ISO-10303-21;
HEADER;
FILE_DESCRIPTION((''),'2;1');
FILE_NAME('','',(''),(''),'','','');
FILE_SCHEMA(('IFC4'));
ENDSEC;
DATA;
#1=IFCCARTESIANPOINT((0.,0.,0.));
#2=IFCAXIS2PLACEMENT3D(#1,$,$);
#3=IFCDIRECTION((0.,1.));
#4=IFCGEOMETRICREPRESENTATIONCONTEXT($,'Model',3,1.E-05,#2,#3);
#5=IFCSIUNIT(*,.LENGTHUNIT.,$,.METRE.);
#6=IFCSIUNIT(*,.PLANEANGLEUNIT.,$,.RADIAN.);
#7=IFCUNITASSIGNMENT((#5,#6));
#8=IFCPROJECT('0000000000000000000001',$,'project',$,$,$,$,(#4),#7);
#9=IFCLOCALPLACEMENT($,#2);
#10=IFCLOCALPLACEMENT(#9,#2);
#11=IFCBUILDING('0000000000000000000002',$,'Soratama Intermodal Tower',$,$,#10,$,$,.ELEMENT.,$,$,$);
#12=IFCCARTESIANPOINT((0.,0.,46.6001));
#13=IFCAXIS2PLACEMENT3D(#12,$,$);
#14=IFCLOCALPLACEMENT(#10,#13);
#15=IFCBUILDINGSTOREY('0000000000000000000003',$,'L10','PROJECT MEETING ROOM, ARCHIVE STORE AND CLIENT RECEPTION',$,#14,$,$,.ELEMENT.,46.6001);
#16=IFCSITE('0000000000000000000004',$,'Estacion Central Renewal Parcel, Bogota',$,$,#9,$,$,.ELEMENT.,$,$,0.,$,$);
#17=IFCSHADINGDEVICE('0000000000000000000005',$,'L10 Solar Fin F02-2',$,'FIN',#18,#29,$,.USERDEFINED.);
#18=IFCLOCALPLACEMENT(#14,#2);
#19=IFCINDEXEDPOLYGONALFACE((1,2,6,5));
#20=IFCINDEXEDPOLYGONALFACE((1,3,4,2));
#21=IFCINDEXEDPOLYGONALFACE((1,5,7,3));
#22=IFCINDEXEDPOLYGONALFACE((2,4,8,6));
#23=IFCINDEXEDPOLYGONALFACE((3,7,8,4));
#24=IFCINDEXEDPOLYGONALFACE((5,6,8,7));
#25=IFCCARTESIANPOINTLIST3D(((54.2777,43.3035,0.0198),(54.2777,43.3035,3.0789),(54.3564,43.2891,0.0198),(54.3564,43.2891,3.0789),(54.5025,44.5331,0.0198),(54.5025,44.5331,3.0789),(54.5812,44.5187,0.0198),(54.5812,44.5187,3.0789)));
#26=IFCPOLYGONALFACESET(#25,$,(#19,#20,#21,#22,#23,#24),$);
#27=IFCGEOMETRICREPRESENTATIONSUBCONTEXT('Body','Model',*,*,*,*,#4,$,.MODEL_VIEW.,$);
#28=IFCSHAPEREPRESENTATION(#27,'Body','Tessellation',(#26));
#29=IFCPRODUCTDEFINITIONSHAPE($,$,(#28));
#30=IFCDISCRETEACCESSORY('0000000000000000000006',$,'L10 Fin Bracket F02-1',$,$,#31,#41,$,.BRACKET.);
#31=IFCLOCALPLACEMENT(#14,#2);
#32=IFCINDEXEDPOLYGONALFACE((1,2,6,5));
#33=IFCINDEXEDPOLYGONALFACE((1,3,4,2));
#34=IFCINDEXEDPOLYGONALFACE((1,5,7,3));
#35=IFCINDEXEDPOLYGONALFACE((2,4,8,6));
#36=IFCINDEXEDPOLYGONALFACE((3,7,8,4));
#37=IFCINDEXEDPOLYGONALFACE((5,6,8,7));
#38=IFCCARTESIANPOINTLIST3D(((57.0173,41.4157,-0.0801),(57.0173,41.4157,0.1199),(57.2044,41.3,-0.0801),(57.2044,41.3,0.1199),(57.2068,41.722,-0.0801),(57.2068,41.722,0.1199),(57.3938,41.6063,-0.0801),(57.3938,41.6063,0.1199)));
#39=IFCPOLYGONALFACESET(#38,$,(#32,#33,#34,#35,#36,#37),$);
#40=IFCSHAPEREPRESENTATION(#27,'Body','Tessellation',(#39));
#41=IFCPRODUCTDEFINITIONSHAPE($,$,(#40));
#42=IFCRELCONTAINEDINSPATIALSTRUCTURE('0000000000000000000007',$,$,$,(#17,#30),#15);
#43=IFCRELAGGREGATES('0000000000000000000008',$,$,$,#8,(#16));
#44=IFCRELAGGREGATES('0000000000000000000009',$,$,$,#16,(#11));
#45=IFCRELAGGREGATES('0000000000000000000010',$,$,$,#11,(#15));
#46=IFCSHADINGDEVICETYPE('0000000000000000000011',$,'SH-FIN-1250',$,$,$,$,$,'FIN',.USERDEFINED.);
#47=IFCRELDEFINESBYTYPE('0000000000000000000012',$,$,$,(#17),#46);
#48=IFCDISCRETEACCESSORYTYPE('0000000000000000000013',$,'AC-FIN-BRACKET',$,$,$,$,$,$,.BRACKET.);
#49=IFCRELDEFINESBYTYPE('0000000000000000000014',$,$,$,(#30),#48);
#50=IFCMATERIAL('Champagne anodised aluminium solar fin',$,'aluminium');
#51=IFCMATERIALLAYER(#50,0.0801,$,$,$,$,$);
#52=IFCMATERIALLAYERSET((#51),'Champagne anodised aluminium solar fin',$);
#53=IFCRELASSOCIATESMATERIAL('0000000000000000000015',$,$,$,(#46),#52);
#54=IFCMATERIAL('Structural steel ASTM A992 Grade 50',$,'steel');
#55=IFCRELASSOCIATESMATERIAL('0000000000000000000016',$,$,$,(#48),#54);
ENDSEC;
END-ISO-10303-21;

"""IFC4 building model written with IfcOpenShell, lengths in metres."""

from ifc_helpers import new_model, si_unit, direction, frame, origin, origin_2d, place, context, subcontext, project, spatial, rectangle, extrude, material, layer, layer_set, type_object, element, save


model = new_model("IFC4")

# Units and contexts
model_context = context("Model", 3, precision=1e-05, world=origin(), true_north=direction((0.0, 1.0)))
body_context = subcontext(model_context, "Body", "Model", "MODEL_VIEW")
ifc_project = project(units=[si_unit("LENGTHUNIT", "METRE"), si_unit("PLANEANGLEUNIT", "RADIAN")], contexts=[model_context])

# Site, building, storey
site_placement = place(None, origin())
site = spatial("IfcSite", under=ifc_project, at=site_placement, Name="Estacion Central Renewal Parcel, Bogota", CompositionType="ELEMENT", RefElevation=0.0)
building_placement = place(site_placement, origin())
building = spatial("IfcBuilding", under=site, at=building_placement, Name="Soratama Intermodal Tower", CompositionType="ELEMENT")
storey_placement = place(building_placement, frame((0.0, 0.0, 46.6001)))
storey = spatial("IfcBuildingStorey", under=building, at=storey_placement, Name="L10", Description="PROJECT MEETING ROOM, ARCHIVE STORE AND CLIENT RECEPTION", CompositionType="ELEMENT", Elevation=46.6001)

# Shading device
ifc_material_1 = material(Name="Champagne anodised aluminium solar fin", Category="aluminium")
ifc_layer_1 = layer(ifc_material_1, 0.0801)
ifc_layer_set_1 = layer_set([ifc_layer_1], Name="Champagne anodised aluminium solar fin")
shading_device_type = type_object("IfcShadingDeviceType", Name="SH-FIN-1250", ElementType="FIN", PredefinedType="USERDEFINED", material=ifc_layer_set_1)
for number, where, z_axis, x_axis, name in (
    (1, (54.4294, 43.9111, 0.0198), (0.0, 0.0, 1.0), (0.179832, 0.983697, 0.0), "L10 Solar Fin F02-2"),
):
    element("IfcShadingDevice", number, at=place(storey_placement, frame(where, z_axis=z_axis, x_axis=x_axis)), inside=storey, type_object=shading_device_type, Name=name, ObjectType="FIN", PredefinedType="USERDEFINED", context=body_context, shape_type="SweptSolid", body=[
        extrude(rectangle(XDim=1.25, YDim=0.0801, at=origin_2d()), origin(), (0.0, 0.0, 1.0), 3.0591),
    ])

# Discrete accessory
ifc_material_2 = material(Name="Structural steel ASTM A992 Grade 50", Category="steel")
discrete_accessory_type = type_object("IfcDiscreteAccessoryType", Name="AC-FIN-BRACKET", PredefinedType="BRACKET", material=ifc_material_2)
discrete_accessory_placement = place(storey_placement, frame((57.2056, 41.511, -0.0801), z_axis=(0.0, 0.0, 1.0), x_axis=(0.526066, 0.850444, 0.0)))
element("IfcDiscreteAccessory", 2, at=discrete_accessory_placement, inside=storey, type_object=discrete_accessory_type, Name="L10 Fin Bracket F02-1", PredefinedType="BRACKET", context=body_context, shape_type="SweptSolid", body=[
    extrude(rectangle(XDim=0.3601, YDim=0.22, at=origin_2d()), origin(), (0.0, 0.0, 1.0), 0.2),
])

save(model, "model.ifc")
